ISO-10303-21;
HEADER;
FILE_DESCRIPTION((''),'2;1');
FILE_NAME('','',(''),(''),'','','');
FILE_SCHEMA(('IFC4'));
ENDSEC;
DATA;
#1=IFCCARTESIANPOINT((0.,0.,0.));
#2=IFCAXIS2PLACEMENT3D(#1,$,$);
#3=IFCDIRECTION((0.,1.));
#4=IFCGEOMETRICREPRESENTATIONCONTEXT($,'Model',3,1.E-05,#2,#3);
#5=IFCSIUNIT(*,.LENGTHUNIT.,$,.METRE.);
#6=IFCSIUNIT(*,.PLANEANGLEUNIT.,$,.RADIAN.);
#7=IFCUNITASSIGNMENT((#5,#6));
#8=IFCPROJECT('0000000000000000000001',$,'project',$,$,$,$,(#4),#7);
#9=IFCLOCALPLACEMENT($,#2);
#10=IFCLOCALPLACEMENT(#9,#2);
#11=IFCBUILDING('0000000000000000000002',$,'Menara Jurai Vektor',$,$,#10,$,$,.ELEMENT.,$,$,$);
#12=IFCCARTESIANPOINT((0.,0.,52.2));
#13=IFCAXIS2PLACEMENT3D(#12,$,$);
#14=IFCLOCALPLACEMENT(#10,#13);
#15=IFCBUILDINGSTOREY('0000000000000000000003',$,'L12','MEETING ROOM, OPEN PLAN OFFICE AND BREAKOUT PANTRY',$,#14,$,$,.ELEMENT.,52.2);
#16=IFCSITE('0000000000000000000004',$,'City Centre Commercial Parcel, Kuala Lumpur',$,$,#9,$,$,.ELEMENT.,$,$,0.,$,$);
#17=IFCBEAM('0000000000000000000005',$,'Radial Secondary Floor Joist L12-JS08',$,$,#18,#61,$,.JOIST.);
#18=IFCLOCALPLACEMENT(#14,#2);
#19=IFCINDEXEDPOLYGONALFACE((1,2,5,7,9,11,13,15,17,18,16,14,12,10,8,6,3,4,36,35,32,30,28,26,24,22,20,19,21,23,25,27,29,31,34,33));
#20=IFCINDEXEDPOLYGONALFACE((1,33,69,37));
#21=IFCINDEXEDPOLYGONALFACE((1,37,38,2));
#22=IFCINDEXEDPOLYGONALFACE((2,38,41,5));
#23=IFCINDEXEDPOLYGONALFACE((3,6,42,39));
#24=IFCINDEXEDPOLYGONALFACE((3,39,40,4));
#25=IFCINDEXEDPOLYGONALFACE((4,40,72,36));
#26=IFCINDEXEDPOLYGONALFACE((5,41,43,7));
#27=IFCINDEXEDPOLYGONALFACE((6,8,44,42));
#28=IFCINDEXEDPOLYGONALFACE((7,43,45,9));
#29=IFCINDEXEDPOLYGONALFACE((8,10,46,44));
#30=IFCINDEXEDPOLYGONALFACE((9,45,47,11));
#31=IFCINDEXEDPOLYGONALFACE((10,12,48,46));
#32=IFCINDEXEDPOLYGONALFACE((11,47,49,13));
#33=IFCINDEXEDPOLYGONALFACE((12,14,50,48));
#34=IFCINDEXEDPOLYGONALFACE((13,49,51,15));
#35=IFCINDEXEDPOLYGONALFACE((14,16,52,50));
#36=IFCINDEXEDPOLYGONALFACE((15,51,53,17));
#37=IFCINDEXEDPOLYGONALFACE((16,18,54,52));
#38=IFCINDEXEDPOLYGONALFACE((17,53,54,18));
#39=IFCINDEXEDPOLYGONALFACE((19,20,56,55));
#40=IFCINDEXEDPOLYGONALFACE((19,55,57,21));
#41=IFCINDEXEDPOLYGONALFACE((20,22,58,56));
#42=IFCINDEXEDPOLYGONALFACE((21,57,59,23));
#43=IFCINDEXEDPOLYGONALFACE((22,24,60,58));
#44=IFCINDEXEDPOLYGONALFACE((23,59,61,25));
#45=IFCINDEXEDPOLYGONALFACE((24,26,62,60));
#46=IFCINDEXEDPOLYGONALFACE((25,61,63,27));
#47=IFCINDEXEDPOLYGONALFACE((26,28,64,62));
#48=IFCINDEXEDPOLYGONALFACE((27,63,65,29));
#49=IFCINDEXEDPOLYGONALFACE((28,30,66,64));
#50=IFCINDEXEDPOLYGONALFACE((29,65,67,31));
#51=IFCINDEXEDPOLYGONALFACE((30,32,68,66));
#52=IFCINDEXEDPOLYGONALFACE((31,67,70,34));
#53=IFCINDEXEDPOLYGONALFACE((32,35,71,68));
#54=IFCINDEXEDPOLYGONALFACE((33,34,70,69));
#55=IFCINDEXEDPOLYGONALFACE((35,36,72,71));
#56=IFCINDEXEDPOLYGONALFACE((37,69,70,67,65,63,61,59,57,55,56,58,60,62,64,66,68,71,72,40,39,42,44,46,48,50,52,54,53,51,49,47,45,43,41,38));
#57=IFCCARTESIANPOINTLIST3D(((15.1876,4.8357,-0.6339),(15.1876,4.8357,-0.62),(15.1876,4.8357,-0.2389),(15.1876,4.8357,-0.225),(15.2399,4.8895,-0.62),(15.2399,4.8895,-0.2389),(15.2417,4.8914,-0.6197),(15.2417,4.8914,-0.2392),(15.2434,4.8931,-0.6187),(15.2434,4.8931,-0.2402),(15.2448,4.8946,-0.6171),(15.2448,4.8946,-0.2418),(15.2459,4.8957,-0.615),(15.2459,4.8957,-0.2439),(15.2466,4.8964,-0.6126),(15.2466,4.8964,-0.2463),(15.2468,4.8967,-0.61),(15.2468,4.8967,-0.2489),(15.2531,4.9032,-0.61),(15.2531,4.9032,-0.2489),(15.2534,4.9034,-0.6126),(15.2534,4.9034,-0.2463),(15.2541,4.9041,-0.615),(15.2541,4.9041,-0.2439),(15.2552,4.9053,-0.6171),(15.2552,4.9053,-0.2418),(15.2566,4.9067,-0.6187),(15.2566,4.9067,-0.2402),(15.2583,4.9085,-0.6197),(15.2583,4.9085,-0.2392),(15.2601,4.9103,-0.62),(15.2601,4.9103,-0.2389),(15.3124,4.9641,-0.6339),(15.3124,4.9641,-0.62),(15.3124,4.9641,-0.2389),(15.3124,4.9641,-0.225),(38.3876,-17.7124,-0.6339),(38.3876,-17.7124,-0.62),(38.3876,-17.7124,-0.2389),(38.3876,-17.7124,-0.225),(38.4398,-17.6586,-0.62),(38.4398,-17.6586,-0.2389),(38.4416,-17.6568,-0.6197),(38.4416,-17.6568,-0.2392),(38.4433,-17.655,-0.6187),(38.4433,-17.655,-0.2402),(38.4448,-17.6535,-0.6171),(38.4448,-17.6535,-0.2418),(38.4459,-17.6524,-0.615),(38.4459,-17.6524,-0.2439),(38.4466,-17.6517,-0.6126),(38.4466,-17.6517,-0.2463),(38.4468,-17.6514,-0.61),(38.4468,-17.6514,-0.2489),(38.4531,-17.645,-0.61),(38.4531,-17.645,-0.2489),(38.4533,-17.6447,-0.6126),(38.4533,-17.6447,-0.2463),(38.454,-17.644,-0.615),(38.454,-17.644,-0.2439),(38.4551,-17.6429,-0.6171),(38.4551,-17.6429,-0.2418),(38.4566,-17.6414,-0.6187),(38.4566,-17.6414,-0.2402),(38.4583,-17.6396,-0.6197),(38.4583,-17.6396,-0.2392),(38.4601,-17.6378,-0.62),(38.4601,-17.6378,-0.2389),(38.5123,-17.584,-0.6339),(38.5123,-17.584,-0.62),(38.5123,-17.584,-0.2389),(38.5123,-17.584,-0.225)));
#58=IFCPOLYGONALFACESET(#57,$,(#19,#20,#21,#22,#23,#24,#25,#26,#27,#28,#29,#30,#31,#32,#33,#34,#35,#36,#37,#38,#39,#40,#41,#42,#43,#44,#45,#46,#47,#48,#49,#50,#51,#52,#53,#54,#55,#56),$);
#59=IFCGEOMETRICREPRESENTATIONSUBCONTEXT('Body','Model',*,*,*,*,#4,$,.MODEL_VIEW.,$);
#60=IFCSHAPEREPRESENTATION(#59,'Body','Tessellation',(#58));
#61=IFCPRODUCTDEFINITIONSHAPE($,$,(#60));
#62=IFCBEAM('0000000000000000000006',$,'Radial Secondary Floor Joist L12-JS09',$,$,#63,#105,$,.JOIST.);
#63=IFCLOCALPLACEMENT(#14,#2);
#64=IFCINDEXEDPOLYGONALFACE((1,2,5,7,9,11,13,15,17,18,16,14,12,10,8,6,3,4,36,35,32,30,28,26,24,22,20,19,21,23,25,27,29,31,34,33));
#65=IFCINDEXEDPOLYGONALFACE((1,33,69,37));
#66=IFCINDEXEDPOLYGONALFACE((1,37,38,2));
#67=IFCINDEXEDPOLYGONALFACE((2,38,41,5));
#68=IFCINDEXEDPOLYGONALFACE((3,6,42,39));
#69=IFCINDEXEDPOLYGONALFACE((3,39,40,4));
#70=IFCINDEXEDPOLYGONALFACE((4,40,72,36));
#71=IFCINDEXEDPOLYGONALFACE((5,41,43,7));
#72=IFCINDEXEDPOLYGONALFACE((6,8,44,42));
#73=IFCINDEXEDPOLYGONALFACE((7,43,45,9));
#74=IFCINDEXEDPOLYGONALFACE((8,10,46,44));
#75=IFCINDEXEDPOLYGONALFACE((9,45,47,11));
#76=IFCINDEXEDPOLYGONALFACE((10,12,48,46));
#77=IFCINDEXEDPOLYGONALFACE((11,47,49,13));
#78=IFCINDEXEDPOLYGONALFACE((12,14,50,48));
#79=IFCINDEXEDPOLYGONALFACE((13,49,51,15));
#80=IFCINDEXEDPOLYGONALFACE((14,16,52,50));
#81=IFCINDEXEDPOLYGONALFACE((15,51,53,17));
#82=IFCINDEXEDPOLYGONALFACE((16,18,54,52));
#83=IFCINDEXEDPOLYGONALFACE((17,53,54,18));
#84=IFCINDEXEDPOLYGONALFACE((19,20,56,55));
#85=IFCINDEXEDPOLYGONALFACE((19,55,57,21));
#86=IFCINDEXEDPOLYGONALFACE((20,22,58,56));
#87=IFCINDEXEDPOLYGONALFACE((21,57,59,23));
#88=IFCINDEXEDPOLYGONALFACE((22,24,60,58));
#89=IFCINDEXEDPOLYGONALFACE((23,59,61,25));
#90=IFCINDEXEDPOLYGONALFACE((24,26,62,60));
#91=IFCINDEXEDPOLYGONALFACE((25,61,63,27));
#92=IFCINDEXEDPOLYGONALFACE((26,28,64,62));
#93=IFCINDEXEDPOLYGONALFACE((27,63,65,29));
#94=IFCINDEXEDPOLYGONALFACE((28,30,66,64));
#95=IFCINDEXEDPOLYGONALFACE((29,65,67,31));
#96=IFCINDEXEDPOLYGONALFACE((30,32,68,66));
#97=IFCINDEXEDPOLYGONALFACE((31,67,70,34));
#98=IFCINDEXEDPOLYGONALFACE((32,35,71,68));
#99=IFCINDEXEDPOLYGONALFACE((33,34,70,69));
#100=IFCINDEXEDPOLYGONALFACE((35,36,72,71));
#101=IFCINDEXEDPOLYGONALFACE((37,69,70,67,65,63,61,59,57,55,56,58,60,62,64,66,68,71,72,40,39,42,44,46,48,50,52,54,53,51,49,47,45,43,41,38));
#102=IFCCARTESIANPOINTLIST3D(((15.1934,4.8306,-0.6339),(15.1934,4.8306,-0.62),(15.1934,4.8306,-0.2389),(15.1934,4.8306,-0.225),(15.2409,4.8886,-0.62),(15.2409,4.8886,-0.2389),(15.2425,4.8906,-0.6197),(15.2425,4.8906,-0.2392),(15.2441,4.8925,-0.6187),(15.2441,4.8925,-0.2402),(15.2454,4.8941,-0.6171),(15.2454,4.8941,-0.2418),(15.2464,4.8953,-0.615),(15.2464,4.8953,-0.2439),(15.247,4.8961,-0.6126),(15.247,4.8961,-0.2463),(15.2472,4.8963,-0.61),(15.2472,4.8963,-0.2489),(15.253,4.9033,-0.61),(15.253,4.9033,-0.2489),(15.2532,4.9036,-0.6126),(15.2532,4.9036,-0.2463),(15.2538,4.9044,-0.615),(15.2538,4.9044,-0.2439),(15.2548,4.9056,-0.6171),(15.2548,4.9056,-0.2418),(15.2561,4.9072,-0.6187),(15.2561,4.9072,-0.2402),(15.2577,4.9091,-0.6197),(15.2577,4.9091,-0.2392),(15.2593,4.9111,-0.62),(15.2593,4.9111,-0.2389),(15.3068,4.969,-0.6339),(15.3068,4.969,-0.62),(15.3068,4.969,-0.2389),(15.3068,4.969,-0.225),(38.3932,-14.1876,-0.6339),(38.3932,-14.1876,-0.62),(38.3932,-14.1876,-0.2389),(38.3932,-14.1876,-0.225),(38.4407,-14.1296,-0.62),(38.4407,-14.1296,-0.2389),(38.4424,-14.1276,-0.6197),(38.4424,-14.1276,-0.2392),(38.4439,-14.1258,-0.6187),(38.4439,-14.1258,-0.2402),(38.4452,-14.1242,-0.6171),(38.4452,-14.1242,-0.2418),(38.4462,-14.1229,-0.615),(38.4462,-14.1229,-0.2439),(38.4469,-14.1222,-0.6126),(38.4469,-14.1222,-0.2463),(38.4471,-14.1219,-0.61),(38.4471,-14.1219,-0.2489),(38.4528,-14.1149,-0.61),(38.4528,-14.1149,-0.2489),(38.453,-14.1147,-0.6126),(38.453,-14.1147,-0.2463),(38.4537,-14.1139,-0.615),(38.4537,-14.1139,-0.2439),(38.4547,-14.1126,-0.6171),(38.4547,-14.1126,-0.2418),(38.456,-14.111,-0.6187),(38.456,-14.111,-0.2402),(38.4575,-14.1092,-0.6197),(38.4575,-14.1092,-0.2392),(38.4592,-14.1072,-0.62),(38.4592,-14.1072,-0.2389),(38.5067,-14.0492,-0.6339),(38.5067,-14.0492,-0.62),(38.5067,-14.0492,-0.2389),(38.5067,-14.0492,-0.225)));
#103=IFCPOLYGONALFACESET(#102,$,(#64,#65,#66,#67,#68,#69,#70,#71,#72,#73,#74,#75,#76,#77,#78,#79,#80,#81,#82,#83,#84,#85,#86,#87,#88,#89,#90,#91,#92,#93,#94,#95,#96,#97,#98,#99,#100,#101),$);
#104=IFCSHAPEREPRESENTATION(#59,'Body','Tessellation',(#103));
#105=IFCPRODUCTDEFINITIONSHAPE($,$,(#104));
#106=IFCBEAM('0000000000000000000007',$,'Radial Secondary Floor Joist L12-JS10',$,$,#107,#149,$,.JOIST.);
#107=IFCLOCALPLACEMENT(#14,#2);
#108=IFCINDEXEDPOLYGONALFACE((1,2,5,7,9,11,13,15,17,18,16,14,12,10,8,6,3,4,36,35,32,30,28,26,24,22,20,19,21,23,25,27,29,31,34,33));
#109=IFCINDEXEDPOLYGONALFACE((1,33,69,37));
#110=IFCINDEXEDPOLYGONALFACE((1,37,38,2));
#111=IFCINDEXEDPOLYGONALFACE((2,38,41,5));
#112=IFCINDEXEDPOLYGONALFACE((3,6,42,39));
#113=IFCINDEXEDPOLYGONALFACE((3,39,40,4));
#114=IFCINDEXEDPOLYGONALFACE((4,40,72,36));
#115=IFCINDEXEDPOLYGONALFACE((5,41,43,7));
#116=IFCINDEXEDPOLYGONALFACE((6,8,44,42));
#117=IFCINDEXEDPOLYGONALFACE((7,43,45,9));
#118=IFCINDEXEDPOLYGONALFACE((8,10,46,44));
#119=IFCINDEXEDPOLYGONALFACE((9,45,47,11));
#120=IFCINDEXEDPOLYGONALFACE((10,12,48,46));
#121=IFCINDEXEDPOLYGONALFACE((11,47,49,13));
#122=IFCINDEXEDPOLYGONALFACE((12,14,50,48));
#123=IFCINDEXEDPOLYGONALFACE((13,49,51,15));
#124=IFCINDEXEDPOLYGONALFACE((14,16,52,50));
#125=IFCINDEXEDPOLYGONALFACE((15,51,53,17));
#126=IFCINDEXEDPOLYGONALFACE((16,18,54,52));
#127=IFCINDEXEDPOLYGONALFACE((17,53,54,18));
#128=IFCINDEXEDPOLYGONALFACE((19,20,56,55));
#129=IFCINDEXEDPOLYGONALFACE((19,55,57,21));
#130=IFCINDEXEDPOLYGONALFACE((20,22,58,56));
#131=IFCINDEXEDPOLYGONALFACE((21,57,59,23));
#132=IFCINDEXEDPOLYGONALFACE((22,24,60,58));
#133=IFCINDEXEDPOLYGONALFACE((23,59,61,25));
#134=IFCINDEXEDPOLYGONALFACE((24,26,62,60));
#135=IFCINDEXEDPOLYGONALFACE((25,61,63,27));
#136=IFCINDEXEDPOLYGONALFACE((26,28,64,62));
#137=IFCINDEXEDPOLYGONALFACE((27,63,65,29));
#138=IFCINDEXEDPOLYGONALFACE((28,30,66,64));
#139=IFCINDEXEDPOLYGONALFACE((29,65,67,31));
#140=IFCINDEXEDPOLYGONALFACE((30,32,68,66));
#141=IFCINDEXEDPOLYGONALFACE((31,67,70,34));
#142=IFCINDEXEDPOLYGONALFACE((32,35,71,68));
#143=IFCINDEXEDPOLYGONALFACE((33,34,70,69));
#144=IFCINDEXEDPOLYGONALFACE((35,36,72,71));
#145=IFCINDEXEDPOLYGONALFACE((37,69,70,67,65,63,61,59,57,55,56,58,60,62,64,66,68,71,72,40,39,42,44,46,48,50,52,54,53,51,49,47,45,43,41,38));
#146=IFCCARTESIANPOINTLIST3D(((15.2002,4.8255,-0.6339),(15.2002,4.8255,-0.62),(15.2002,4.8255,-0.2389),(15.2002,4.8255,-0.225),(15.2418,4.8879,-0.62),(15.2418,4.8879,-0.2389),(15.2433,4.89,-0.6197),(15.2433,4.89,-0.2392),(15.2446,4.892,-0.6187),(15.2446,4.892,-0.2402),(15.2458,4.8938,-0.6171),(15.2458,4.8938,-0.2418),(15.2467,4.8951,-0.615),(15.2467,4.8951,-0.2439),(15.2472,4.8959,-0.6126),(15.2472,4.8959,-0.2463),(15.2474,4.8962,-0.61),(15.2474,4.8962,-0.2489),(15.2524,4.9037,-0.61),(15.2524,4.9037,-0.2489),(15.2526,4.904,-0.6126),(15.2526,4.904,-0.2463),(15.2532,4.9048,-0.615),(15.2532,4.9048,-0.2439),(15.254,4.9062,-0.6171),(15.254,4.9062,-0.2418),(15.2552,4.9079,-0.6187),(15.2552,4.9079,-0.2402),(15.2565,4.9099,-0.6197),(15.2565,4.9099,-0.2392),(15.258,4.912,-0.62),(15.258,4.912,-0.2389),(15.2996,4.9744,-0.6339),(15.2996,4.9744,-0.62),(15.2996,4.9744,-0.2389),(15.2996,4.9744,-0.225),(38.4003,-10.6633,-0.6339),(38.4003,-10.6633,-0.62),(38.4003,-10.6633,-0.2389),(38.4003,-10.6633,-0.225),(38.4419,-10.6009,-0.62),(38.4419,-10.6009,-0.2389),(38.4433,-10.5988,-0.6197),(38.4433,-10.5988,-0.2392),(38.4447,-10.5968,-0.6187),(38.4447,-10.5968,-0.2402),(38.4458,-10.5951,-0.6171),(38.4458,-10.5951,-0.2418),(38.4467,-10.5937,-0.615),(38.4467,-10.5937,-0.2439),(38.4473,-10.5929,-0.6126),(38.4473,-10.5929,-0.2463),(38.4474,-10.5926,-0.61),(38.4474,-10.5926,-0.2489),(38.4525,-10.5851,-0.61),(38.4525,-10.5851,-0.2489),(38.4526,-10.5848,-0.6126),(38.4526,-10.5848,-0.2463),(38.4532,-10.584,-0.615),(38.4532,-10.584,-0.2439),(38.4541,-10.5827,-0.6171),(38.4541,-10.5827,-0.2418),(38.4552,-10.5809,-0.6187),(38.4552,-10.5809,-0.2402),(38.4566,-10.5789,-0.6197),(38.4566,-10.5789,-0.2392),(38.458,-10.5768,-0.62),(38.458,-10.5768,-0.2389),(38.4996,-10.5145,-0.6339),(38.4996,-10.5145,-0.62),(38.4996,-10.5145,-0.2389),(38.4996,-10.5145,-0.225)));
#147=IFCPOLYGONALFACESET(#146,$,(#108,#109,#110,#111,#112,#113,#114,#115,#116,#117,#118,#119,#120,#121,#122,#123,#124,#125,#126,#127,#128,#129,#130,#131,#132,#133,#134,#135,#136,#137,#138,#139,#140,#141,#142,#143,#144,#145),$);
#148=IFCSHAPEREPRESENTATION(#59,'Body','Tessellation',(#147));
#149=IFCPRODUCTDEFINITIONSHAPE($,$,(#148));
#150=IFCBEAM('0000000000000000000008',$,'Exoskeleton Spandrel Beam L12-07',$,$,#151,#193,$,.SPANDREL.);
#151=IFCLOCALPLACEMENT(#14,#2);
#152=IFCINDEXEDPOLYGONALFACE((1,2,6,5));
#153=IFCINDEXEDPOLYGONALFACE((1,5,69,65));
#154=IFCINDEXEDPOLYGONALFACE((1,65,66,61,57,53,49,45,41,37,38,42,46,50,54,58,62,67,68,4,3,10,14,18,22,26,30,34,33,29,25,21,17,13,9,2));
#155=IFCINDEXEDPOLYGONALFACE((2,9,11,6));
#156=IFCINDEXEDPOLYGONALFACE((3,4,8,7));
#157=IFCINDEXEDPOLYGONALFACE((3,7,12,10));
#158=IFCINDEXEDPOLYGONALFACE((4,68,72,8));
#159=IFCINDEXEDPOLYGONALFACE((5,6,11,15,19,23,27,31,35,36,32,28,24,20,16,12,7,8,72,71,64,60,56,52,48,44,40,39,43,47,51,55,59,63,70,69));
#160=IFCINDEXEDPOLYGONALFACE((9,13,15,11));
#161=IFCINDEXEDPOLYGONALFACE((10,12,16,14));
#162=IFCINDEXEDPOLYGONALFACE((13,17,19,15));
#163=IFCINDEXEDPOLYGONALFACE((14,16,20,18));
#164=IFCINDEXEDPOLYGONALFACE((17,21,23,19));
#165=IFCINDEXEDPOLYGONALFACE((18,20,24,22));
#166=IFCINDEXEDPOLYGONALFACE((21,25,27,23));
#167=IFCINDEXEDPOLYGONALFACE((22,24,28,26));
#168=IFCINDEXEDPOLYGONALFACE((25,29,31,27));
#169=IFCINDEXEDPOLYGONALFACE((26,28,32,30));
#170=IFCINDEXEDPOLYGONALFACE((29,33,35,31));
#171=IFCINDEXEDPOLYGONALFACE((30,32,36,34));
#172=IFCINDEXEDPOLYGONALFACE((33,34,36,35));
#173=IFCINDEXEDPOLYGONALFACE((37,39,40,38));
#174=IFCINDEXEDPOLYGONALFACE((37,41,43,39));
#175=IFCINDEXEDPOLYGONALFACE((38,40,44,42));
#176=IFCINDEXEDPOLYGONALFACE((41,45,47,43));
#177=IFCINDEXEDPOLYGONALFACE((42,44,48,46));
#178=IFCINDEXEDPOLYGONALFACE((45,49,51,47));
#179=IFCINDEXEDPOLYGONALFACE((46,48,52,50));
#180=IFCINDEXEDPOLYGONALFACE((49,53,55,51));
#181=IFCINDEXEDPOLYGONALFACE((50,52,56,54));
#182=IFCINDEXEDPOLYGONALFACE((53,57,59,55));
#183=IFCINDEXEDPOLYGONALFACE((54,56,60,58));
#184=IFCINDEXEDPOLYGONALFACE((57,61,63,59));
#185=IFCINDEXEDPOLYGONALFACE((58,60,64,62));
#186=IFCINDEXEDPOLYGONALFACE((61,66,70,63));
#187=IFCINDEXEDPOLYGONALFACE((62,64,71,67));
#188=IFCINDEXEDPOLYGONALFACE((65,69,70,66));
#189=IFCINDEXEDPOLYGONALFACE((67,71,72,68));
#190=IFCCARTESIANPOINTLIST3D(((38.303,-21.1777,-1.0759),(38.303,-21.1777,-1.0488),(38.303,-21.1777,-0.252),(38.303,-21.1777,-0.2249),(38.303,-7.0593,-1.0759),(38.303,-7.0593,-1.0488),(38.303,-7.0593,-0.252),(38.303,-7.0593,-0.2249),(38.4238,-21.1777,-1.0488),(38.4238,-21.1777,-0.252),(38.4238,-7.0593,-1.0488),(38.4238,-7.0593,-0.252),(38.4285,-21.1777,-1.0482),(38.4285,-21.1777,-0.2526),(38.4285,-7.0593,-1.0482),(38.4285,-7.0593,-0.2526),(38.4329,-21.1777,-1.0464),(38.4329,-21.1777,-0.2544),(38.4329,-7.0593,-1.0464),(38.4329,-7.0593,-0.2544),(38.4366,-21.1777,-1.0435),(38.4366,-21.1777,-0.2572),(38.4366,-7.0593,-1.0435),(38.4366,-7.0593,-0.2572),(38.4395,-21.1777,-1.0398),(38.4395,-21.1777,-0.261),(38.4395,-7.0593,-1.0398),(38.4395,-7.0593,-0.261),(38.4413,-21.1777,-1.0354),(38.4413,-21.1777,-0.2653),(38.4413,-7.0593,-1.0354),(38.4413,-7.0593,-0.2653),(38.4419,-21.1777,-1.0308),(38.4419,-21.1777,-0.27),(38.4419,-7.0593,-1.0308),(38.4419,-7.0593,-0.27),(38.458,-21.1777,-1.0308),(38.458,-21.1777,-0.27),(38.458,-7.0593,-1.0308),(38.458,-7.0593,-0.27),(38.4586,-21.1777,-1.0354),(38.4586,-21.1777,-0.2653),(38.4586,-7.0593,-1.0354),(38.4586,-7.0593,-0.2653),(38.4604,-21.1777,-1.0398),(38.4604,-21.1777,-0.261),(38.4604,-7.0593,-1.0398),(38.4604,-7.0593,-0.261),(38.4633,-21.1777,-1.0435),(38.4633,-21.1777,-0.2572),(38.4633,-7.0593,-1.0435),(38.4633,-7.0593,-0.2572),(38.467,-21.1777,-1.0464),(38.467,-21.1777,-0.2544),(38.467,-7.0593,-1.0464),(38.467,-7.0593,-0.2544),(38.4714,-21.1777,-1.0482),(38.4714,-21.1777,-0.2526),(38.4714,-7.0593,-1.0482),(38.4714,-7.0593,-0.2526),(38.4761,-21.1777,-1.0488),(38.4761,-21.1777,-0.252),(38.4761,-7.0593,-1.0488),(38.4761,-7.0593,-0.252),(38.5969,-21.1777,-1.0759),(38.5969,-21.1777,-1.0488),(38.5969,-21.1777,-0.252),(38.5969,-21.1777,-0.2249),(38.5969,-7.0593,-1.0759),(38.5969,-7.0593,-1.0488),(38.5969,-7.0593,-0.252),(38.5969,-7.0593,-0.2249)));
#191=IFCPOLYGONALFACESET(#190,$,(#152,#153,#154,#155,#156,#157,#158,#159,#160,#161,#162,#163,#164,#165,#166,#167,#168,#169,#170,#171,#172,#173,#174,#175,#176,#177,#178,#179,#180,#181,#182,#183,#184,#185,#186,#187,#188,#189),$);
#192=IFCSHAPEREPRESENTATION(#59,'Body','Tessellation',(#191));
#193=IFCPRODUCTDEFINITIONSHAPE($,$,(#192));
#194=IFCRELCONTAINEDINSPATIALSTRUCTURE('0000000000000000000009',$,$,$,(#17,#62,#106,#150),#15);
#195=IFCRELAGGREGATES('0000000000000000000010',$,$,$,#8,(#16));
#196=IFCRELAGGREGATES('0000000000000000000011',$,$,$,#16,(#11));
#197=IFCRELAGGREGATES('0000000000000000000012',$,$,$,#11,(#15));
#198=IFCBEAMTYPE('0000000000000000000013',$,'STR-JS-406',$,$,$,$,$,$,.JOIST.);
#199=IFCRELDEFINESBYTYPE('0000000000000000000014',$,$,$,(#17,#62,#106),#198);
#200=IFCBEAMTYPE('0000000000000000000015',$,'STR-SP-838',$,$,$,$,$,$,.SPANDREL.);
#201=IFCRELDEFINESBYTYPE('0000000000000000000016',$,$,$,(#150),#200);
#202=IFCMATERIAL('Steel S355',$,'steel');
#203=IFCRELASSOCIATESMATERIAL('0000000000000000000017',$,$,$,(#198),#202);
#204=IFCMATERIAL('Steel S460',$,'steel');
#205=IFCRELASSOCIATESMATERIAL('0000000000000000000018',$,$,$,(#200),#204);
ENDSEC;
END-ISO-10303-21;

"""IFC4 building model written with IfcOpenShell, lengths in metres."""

from ifc_helpers import new_model, si_unit, direction, frame, origin, origin_2d, place, context, subcontext, project, spatial, i_section, extrude, material, material_profile, profile_set, type_object, element, save


model = new_model("IFC4")

# Units and contexts
model_context = context("Model", 3, precision=1e-05, world=origin(), true_north=direction((0.0, 1.0)))
body_context = subcontext(model_context, "Body", "Model", "MODEL_VIEW")
ifc_project = project(units=[si_unit("LENGTHUNIT", "METRE"), si_unit("PLANEANGLEUNIT", "RADIAN")], contexts=[model_context])

# Site, building, storey
site_placement = place(None, origin())
site = spatial("IfcSite", under=ifc_project, at=site_placement, Name="City Centre Commercial Parcel, Kuala Lumpur", CompositionType="ELEMENT", RefElevation=0.0)
building_placement = place(site_placement, origin())
building = spatial("IfcBuilding", under=site, at=building_placement, Name="Menara Jurai Vektor", CompositionType="ELEMENT")
storey_placement = place(building_placement, frame((0.0, 0.0, 52.2)))
storey = spatial("IfcBuildingStorey", under=building, at=storey_placement, Name="L12", Description="MEETING ROOM, OPEN PLAN OFFICE AND BREAKOUT PANTRY", CompositionType="ELEMENT", Elevation=52.2)

# Shared definitions
ifc_material_1 = material(Name="Steel S460", Category="steel")

# Shared definitions
ifc_material_2 = material(Name="Steel S355", Category="steel")

# Beams
ifc_material_profile_1 = material_profile(ifc_material_2, i_section(OverallWidth=0.179, OverallDepth=0.4089, WebThickness=0.009, FlangeThickness=0.0139, FilletRadius=0.01, at=origin_2d()), Name="UKB 406x178x67")
ifc_profile_set_1 = profile_set([ifc_material_profile_1], Name="Steel S355")
beam_type_1 = type_object("IfcBeamType", Name="STR-JS-406", PredefinedType="JOIST", material=ifc_profile_set_1)
beam_1_placement = place(storey_placement, frame((38.45, -17.6482, -0.4294), z_axis=(-0.717109, 0.696961, 0.0), x_axis=(-0.696961, -0.717109, 0.0)))
element("IfcBeam", 1, at=beam_1_placement, inside=storey, type_object=beam_type_1, Name="Radial Secondary Floor Joist L12-JS08", PredefinedType="JOIST", context=body_context, shape_type="SweptSolid", body=[
    extrude(i_section(OverallWidth=0.179, OverallDepth=0.4089, WebThickness=0.009, FlangeThickness=0.0139, FilletRadius=0.01, at=origin_2d()), origin(), (0.0, 0.0, 1.0), 32.3521),
])
beam_2_placement = place(storey_placement, frame((38.45, -14.1184, -0.4294), z_axis=(-0.77336, 0.633967, 0.0), x_axis=(-0.633967, -0.77336, 0.0)))
element("IfcBeam", 2, at=beam_2_placement, inside=storey, type_object=beam_type_1, Name="Radial Secondary Floor Joist L12-JS09", PredefinedType="JOIST", context=body_context, shape_type="SweptSolid", body=[
    extrude(i_section(OverallWidth=0.179, OverallDepth=0.4089, WebThickness=0.009, FlangeThickness=0.0139, FilletRadius=0.01, at=origin_2d()), origin(), (0.0, 0.0, 1.0), 29.9988),
])
beam_3_placement = place(storey_placement, frame((38.45, -10.5889, -0.4294), z_axis=(-0.831684, 0.555249, 0.0), x_axis=(-0.555249, -0.831684, 0.0)))
element("IfcBeam", 3, at=beam_3_placement, inside=storey, type_object=beam_type_1, Name="Radial Secondary Floor Joist L12-JS10", PredefinedType="JOIST", context=body_context, shape_type="SweptSolid", body=[
    extrude(i_section(OverallWidth=0.179, OverallDepth=0.4089, WebThickness=0.009, FlangeThickness=0.0139, FilletRadius=0.01, at=origin_2d()), origin(), (0.0, 0.0, 1.0), 27.8953),
])
ifc_material_profile_2 = material_profile(ifc_material_1, i_section(OverallWidth=0.2939, OverallDepth=0.8511, WebThickness=0.0161, FlangeThickness=0.0271, FilletRadius=0.0181, at=origin_2d()), Name="UKB 838x292x226")
ifc_profile_set_2 = profile_set([ifc_material_profile_2], Name="Steel S460")
beam_type_2 = type_object("IfcBeamType", Name="STR-SP-838", PredefinedType="SPANDREL", material=ifc_profile_set_2)
beam_4_placement = place(storey_placement, frame((38.45, -21.1777, -0.6504), z_axis=(0.0, 1.0, 0.0), x_axis=(-1.0, 0.0, 0.0)))
element("IfcBeam", 4, at=beam_4_placement, inside=storey, type_object=beam_type_2, Name="Exoskeleton Spandrel Beam L12-07", PredefinedType="SPANDREL", context=body_context, shape_type="SweptSolid", body=[
    extrude(i_section(OverallWidth=0.2939, OverallDepth=0.8511, WebThickness=0.0161, FlangeThickness=0.0271, FilletRadius=0.0181, at=origin_2d()), origin(), (0.0, 0.0, 1.0), 14.1184),
])

save(model, "model.ifc")
